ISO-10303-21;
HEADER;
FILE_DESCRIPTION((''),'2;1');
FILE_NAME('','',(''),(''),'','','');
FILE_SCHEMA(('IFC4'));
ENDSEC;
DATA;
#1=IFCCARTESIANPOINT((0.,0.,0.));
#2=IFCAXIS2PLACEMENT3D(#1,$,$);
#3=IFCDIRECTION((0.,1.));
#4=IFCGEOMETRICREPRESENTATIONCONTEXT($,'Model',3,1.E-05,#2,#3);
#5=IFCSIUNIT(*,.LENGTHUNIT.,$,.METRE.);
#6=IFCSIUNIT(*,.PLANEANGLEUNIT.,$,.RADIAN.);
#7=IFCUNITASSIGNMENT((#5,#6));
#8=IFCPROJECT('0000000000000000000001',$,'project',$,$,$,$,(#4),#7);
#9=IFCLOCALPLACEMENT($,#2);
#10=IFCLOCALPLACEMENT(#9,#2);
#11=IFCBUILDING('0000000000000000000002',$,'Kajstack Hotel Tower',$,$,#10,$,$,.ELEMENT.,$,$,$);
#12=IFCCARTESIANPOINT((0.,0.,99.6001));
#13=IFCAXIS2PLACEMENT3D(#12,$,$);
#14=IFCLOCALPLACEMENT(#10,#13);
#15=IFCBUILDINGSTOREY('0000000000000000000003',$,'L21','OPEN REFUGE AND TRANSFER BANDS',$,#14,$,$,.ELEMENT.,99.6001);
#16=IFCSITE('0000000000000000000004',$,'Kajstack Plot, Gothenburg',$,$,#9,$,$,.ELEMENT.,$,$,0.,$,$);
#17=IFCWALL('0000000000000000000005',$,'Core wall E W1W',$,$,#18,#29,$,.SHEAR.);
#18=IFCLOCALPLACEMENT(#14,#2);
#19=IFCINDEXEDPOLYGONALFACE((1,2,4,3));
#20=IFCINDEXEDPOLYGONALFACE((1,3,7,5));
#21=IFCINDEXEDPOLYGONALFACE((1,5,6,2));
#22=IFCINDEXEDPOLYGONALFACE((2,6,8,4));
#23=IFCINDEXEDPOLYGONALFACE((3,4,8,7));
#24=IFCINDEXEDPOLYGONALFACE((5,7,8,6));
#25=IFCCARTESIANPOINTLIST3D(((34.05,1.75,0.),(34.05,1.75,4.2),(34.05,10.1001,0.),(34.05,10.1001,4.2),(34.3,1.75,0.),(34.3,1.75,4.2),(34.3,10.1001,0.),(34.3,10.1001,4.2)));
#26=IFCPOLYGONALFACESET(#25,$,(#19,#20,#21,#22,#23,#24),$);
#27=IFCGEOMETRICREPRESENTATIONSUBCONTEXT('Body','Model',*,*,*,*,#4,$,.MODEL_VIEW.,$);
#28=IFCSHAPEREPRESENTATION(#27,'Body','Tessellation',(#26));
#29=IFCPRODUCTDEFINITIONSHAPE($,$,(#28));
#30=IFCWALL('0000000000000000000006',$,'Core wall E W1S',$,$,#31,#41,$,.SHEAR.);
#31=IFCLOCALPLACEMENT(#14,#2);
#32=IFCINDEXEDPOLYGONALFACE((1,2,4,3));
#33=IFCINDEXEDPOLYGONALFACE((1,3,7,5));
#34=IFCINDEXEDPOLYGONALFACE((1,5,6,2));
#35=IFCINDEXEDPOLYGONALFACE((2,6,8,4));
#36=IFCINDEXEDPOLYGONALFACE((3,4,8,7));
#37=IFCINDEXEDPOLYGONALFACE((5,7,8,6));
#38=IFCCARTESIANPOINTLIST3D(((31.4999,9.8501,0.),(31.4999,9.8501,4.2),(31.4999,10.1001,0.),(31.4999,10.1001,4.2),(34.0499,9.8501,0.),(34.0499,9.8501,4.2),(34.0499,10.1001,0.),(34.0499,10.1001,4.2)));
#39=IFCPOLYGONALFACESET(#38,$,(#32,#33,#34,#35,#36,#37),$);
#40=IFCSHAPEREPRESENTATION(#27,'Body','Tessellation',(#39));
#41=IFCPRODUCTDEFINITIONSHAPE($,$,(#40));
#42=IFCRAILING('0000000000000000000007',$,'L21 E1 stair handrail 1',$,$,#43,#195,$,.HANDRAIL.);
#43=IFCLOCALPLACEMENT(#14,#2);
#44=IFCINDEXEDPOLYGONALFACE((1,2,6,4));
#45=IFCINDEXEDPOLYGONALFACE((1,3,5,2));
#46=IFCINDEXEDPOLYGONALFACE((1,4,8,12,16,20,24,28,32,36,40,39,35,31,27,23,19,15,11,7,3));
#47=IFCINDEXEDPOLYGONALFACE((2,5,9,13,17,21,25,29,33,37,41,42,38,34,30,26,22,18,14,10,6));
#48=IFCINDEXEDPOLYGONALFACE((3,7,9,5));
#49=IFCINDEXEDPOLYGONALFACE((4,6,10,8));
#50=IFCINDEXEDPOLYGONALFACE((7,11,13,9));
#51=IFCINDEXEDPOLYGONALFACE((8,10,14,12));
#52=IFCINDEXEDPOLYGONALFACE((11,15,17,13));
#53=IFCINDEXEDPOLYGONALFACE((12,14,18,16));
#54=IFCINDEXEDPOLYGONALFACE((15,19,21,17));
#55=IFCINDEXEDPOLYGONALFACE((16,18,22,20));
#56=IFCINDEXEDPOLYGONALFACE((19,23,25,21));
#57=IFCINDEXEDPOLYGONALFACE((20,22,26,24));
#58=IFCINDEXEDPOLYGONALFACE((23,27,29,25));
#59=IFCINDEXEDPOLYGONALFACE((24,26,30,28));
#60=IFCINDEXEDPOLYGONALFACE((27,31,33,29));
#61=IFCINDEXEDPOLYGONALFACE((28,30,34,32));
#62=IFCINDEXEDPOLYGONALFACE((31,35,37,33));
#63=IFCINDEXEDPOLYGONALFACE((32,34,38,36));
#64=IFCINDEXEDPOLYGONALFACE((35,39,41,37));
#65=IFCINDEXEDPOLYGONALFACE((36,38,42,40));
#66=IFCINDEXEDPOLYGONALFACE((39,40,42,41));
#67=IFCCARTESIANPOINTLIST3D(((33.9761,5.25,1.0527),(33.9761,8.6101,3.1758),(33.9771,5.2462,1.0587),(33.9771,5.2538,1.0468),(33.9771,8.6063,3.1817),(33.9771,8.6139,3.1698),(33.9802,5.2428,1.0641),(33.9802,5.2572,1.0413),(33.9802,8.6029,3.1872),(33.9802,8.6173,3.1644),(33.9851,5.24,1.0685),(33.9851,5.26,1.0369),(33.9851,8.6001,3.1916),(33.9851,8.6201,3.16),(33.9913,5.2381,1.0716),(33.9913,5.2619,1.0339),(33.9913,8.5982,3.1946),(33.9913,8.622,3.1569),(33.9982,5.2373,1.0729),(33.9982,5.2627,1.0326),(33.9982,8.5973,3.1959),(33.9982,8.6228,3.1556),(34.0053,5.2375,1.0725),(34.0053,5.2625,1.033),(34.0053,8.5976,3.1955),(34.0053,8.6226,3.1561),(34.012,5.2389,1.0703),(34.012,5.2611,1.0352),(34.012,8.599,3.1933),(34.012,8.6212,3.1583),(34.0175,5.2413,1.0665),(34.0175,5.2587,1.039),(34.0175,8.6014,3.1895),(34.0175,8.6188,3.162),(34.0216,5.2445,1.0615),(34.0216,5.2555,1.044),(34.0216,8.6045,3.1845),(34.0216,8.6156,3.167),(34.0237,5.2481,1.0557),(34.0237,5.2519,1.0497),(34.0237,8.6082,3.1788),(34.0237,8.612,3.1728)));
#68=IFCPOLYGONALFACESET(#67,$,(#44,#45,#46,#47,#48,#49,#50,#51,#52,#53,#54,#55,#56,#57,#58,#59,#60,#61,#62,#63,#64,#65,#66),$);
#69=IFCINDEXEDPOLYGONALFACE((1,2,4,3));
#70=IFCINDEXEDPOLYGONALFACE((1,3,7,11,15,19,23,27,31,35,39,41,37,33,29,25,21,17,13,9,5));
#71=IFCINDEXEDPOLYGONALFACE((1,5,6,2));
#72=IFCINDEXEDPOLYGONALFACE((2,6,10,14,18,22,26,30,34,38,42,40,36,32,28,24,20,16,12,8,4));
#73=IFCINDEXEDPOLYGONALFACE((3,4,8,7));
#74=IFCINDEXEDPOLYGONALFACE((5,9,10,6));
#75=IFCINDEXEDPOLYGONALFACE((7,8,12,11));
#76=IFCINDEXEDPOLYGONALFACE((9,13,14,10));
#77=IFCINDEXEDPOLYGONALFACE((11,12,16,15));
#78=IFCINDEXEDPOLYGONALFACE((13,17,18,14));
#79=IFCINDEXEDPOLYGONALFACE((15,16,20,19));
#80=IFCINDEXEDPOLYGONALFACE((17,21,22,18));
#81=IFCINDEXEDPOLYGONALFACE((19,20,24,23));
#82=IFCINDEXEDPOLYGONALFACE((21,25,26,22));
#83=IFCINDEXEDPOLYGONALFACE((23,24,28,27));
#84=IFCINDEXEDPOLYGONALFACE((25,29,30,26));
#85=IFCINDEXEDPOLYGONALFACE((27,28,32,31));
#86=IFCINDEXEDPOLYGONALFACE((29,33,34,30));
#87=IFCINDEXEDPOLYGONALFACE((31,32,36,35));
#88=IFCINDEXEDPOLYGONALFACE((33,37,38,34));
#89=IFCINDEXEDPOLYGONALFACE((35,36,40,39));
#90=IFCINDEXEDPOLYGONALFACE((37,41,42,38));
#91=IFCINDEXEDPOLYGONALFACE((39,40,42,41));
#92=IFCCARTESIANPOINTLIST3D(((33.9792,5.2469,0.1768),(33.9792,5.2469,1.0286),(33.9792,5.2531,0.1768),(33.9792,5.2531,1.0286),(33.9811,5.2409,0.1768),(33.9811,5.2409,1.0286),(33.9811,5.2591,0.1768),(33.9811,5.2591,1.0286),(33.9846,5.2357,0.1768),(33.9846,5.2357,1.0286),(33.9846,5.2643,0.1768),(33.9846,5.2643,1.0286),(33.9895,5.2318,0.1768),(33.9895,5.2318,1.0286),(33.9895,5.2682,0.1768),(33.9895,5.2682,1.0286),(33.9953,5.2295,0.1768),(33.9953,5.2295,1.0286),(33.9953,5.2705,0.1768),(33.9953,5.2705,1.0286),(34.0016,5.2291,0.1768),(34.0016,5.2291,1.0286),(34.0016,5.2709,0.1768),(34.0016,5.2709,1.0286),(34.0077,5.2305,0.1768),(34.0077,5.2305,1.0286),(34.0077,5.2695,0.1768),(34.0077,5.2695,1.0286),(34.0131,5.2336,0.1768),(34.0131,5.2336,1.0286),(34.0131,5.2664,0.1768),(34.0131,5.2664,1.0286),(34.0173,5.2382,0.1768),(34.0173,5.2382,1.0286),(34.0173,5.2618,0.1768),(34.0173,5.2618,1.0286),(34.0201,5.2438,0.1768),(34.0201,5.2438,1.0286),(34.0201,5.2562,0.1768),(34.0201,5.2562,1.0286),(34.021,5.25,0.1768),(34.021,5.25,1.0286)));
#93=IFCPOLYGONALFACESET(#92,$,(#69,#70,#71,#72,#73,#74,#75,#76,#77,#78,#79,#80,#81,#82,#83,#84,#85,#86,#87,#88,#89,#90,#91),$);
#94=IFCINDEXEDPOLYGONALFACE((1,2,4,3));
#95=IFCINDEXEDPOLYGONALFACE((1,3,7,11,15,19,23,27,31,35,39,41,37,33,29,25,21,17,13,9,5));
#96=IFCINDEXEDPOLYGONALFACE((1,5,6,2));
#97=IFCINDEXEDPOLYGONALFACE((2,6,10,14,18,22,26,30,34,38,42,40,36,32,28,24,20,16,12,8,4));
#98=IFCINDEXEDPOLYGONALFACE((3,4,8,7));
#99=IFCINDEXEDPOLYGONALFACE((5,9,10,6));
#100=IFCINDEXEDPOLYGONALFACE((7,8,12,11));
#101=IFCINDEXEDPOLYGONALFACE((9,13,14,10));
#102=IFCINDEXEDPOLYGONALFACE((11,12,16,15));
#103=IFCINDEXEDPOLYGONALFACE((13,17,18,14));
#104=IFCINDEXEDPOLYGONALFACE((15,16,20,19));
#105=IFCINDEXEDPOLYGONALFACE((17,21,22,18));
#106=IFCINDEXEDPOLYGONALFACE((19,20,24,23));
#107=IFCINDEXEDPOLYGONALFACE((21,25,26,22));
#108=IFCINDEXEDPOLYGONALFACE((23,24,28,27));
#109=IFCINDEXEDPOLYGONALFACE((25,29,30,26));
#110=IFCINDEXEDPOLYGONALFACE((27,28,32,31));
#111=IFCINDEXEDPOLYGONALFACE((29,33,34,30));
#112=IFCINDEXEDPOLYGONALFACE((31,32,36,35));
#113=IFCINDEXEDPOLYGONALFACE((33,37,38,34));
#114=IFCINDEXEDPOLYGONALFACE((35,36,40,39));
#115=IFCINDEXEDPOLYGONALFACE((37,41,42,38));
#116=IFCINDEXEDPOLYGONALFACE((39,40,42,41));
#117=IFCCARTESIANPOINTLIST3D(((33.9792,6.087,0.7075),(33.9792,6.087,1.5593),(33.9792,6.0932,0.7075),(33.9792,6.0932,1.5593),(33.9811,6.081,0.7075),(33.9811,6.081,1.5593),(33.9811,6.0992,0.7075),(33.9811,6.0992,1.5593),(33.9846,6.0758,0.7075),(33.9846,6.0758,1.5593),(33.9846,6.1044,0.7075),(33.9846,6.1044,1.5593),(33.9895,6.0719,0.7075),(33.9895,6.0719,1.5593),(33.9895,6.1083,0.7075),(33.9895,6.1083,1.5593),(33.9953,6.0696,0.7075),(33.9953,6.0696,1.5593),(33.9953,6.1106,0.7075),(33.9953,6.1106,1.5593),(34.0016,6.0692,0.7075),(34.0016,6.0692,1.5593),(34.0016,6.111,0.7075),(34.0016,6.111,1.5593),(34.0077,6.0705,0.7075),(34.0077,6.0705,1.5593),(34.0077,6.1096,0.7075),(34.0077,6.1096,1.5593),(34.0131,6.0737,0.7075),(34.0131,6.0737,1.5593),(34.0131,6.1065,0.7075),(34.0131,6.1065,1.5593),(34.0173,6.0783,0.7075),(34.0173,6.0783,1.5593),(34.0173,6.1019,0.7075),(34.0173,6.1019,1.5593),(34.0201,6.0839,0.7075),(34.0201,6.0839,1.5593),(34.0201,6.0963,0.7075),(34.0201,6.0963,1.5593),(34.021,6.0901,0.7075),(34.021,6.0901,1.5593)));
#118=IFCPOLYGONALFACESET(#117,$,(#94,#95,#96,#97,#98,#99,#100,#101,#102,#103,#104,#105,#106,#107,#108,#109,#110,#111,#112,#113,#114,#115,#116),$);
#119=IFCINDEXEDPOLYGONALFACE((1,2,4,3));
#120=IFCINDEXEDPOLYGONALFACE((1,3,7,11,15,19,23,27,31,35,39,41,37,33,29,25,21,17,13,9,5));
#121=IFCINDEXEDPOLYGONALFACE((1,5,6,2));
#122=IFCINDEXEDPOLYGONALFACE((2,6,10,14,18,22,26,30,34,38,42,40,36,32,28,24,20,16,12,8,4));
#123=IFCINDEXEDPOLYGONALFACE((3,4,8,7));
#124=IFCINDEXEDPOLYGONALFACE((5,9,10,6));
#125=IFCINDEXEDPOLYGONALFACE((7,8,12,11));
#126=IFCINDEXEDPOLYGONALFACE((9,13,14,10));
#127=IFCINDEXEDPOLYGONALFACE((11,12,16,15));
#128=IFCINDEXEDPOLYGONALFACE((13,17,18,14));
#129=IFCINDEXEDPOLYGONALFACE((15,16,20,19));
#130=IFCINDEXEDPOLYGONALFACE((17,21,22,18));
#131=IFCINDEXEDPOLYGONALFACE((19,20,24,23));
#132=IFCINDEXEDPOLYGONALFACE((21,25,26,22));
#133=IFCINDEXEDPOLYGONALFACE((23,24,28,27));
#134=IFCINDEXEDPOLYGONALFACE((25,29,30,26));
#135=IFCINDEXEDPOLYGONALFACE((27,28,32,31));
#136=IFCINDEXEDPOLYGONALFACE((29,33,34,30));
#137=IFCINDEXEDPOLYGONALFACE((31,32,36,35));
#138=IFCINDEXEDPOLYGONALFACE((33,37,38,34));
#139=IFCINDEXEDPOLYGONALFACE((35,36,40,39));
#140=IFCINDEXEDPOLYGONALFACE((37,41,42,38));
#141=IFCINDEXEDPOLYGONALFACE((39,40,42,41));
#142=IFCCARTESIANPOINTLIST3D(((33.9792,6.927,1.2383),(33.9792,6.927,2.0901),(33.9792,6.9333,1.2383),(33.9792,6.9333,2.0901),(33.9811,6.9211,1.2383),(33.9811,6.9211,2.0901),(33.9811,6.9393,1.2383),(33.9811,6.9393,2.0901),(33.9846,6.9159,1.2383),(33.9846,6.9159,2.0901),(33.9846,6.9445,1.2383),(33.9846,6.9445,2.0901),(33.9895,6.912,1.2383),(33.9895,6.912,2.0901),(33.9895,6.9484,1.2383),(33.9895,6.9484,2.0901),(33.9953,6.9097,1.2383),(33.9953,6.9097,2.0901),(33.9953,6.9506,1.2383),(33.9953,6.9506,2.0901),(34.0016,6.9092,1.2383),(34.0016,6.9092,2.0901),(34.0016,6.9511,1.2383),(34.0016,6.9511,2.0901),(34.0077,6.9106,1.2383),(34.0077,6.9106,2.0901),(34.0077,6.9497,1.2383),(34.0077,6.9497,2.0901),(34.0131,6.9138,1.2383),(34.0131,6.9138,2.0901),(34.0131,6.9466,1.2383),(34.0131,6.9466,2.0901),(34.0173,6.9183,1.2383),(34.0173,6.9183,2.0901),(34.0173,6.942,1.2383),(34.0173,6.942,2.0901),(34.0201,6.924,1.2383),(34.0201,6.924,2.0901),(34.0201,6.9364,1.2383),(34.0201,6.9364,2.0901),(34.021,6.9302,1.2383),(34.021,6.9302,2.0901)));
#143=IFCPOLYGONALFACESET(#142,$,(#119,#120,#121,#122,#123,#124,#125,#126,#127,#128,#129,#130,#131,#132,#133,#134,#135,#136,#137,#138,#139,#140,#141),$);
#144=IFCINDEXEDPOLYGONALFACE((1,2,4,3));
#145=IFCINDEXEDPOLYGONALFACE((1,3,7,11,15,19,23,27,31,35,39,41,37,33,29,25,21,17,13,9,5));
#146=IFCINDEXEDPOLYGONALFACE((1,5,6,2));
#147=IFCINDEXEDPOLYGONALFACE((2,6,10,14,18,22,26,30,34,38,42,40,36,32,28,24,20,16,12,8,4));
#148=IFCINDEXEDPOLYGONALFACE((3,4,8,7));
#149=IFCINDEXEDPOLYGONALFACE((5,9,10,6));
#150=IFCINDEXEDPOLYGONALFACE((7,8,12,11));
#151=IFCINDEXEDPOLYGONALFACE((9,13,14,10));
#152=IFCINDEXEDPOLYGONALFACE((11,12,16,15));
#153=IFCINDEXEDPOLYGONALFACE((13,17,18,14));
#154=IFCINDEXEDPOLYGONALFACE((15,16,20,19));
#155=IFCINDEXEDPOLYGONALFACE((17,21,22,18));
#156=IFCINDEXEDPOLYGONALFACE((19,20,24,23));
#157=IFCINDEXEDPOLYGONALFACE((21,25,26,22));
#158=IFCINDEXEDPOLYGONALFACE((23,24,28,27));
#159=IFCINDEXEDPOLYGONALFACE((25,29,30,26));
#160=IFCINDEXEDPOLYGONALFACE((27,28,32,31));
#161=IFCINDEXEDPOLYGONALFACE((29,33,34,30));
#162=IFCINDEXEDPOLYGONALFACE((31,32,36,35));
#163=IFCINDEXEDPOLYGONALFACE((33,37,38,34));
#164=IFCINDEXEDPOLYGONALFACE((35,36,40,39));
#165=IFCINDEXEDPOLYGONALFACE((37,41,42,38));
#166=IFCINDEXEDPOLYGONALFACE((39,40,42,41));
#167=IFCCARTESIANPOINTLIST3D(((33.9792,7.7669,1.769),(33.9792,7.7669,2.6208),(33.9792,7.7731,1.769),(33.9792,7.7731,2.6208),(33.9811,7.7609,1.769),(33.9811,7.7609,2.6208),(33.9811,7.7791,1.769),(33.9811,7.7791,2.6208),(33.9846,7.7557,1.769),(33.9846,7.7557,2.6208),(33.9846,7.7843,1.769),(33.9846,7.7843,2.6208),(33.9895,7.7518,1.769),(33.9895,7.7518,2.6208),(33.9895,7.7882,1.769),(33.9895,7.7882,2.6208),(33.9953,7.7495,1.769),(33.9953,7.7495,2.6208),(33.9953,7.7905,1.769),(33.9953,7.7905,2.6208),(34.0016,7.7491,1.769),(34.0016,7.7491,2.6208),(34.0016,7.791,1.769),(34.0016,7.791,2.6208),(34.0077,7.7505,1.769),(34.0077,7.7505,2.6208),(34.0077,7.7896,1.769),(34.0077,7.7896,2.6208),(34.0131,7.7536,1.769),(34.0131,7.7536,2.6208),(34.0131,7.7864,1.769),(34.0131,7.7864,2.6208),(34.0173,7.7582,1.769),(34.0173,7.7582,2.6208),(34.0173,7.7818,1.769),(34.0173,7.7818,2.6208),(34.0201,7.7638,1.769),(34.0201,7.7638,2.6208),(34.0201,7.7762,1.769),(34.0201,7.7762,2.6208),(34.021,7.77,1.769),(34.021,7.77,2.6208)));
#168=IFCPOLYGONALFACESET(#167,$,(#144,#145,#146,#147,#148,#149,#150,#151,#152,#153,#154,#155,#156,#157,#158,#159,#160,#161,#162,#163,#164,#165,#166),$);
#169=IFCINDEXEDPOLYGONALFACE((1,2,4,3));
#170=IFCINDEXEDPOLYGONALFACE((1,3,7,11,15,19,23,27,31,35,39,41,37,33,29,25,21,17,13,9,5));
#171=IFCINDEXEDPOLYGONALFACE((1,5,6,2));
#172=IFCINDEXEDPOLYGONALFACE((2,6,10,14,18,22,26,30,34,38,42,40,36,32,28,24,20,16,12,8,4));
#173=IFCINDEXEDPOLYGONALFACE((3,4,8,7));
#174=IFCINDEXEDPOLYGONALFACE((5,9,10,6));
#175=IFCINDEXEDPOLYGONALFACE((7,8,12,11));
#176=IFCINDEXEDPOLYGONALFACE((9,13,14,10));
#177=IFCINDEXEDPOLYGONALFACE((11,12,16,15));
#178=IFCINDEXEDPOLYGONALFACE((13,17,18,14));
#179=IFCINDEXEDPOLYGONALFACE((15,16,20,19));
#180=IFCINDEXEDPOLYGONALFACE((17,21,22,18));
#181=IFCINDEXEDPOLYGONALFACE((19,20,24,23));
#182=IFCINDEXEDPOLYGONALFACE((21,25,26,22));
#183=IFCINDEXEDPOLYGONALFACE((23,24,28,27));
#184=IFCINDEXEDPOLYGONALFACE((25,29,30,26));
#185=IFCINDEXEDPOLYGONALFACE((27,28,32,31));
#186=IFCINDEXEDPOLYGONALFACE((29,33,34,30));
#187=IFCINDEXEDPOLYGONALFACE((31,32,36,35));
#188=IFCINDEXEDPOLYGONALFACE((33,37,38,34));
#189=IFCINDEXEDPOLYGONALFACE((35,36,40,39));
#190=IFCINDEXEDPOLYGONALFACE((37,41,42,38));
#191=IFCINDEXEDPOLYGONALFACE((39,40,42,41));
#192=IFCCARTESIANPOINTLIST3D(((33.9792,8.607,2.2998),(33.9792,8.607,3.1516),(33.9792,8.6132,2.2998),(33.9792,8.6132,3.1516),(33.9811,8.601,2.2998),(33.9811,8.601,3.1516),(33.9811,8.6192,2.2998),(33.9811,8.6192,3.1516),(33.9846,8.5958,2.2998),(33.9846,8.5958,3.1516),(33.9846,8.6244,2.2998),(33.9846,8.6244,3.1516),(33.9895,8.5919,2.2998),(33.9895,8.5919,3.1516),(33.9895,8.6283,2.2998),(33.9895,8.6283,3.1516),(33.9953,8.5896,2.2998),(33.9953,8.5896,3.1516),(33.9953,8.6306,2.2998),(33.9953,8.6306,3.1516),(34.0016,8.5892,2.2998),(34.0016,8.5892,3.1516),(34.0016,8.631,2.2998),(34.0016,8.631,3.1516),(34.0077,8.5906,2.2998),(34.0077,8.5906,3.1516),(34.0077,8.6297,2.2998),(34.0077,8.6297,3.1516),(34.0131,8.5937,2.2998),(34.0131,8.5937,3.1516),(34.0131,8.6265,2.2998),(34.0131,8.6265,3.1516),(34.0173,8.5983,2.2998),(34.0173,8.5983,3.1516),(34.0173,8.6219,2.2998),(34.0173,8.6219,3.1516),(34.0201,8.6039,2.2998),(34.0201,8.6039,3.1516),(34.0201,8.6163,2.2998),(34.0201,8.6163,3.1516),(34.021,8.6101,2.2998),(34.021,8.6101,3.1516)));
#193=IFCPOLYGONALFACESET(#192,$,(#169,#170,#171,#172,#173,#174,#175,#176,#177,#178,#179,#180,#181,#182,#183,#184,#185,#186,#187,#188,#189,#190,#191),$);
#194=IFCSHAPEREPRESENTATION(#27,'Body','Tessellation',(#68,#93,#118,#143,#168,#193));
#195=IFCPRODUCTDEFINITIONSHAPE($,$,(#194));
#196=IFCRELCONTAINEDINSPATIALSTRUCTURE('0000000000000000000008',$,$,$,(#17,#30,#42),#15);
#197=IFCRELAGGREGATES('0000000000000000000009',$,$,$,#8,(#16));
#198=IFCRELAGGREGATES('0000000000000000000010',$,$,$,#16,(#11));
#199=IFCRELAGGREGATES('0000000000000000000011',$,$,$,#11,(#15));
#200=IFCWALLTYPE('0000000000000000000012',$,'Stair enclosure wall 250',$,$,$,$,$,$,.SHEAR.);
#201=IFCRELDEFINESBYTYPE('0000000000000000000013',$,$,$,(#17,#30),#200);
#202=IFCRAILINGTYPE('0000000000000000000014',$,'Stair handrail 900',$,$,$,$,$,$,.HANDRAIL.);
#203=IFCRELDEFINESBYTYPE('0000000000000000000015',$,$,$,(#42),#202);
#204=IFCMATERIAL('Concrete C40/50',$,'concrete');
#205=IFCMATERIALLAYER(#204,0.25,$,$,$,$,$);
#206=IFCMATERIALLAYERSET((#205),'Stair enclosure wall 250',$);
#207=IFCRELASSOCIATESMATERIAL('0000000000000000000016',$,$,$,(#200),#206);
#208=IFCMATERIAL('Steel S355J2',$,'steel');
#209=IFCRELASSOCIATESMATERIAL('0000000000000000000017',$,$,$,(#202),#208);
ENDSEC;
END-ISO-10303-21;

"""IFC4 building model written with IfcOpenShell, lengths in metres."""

from ifc_helpers import new_model, si_unit, direction, frame, frame_2d, origin, origin_2d, place, context, subcontext, project, spatial, rectangle, circle, extrude, material, layer, layer_set, type_object, element, save


model = new_model("IFC4")

# Units and contexts
model_context = context("Model", 3, precision=1e-05, world=origin(), true_north=direction((0.0, 1.0)))
body_context = subcontext(model_context, "Body", "Model", "MODEL_VIEW")
ifc_project = project(units=[si_unit("LENGTHUNIT", "METRE"), si_unit("PLANEANGLEUNIT", "RADIAN")], contexts=[model_context])

# Site, building, storey
site_placement = place(None, origin())
site = spatial("IfcSite", under=ifc_project, at=site_placement, Name="Kajstack Plot, Gothenburg", CompositionType="ELEMENT", RefElevation=0.0)
building_placement = place(site_placement, origin())
building = spatial("IfcBuilding", under=site, at=building_placement, Name="Kajstack Hotel Tower", CompositionType="ELEMENT")
storey_placement = place(building_placement, frame((0.0, 0.0, 99.6001)))
storey = spatial("IfcBuildingStorey", under=building, at=storey_placement, Name="L21", Description="OPEN REFUGE AND TRANSFER BANDS", CompositionType="ELEMENT", Elevation=99.6001)

# Shared definitions
ifc_material_1 = material(Name="Concrete C40/50", Category="concrete")
ifc_layer_1 = layer(ifc_material_1, 0.25)
ifc_layer_set_1 = layer_set([ifc_layer_1], Name="Stair enclosure wall 250")
wall_type_1 = type_object("IfcWallType", Name="Stair enclosure wall 250", PredefinedType="SHEAR", material=ifc_layer_set_1)

# Walls
wall_1_placement = place(storey_placement, frame((34.175, 1.75, 0.0), z_axis=(0.0, 0.0, 1.0), x_axis=(0.0, 1.0, 0.0)))
element("IfcWall", 1, at=wall_1_placement, inside=storey, type_object=wall_type_1, Name="Core wall E W1W", PredefinedType="SHEAR", context=body_context, shape_type="SweptSolid", body=[
    extrude(rectangle(XDim=8.3501, YDim=0.25, at=frame_2d((4.175, 0.0))), origin(), (0.0, 0.0, 1.0), 4.2),
])
wall_2_placement = place(storey_placement, frame((31.5, 9.9751, 0.0), z_axis=(0.0, 0.0, 1.0), x_axis=(1.0, 0.0, 0.0)))
element("IfcWall", 2, at=wall_2_placement, inside=storey, type_object=wall_type_1, Name="Core wall E W1S", PredefinedType="SHEAR", context=body_context, shape_type="SweptSolid", body=[
    extrude(rectangle(XDim=2.55, YDim=0.25, at=frame_2d((1.2749, 0.0))), origin(), (0.0, 0.0, 1.0), 4.2),
])

# Railing
ifc_material_2 = material(Name="Steel S355J2", Category="steel")
railing_type_1 = type_object("IfcRailingType", Name="Stair handrail 900", PredefinedType="HANDRAIL", material=ifc_material_2)
railing_1_placement = place(storey_placement, frame((34.0, 5.25, 0.1768)))
element("IfcRailing", 3, at=railing_1_placement, inside=storey, type_object=railing_type_1, Name="L21 E1 stair handrail 1", PredefinedType="HANDRAIL", context=body_context, shape_type="SweptSolid", body=[
    extrude(circle(Radius=0.0239, at=origin_2d()), frame((0.0, 0.0, 0.876), z_axis=(0.0, 0.84539, 0.53415), x_axis=(-1.0, 0.0, 0.0)), (0.0, 0.0, 1.0), 3.9746),
    extrude(circle(Radius=0.021, at=origin_2d()), origin(), (0.0, 0.0, 1.0), 0.8518),
    extrude(circle(Radius=0.021, at=origin_2d()), frame((0.0, 0.8401, 0.5308)), (0.0, 0.0, 1.0), 0.8518),
    extrude(circle(Radius=0.021, at=origin_2d()), frame((0.0, 1.6802, 1.0615)), (0.0, 0.0, 1.0), 0.8518),
    extrude(circle(Radius=0.021, at=origin_2d()), frame((0.0, 2.52, 1.5923)), (0.0, 0.0, 1.0), 0.8518),
    extrude(circle(Radius=0.021, at=origin_2d()), frame((0.0, 3.3601, 2.123)), (0.0, 0.0, 1.0), 0.8518),
])

save(model, "model.ifc")
